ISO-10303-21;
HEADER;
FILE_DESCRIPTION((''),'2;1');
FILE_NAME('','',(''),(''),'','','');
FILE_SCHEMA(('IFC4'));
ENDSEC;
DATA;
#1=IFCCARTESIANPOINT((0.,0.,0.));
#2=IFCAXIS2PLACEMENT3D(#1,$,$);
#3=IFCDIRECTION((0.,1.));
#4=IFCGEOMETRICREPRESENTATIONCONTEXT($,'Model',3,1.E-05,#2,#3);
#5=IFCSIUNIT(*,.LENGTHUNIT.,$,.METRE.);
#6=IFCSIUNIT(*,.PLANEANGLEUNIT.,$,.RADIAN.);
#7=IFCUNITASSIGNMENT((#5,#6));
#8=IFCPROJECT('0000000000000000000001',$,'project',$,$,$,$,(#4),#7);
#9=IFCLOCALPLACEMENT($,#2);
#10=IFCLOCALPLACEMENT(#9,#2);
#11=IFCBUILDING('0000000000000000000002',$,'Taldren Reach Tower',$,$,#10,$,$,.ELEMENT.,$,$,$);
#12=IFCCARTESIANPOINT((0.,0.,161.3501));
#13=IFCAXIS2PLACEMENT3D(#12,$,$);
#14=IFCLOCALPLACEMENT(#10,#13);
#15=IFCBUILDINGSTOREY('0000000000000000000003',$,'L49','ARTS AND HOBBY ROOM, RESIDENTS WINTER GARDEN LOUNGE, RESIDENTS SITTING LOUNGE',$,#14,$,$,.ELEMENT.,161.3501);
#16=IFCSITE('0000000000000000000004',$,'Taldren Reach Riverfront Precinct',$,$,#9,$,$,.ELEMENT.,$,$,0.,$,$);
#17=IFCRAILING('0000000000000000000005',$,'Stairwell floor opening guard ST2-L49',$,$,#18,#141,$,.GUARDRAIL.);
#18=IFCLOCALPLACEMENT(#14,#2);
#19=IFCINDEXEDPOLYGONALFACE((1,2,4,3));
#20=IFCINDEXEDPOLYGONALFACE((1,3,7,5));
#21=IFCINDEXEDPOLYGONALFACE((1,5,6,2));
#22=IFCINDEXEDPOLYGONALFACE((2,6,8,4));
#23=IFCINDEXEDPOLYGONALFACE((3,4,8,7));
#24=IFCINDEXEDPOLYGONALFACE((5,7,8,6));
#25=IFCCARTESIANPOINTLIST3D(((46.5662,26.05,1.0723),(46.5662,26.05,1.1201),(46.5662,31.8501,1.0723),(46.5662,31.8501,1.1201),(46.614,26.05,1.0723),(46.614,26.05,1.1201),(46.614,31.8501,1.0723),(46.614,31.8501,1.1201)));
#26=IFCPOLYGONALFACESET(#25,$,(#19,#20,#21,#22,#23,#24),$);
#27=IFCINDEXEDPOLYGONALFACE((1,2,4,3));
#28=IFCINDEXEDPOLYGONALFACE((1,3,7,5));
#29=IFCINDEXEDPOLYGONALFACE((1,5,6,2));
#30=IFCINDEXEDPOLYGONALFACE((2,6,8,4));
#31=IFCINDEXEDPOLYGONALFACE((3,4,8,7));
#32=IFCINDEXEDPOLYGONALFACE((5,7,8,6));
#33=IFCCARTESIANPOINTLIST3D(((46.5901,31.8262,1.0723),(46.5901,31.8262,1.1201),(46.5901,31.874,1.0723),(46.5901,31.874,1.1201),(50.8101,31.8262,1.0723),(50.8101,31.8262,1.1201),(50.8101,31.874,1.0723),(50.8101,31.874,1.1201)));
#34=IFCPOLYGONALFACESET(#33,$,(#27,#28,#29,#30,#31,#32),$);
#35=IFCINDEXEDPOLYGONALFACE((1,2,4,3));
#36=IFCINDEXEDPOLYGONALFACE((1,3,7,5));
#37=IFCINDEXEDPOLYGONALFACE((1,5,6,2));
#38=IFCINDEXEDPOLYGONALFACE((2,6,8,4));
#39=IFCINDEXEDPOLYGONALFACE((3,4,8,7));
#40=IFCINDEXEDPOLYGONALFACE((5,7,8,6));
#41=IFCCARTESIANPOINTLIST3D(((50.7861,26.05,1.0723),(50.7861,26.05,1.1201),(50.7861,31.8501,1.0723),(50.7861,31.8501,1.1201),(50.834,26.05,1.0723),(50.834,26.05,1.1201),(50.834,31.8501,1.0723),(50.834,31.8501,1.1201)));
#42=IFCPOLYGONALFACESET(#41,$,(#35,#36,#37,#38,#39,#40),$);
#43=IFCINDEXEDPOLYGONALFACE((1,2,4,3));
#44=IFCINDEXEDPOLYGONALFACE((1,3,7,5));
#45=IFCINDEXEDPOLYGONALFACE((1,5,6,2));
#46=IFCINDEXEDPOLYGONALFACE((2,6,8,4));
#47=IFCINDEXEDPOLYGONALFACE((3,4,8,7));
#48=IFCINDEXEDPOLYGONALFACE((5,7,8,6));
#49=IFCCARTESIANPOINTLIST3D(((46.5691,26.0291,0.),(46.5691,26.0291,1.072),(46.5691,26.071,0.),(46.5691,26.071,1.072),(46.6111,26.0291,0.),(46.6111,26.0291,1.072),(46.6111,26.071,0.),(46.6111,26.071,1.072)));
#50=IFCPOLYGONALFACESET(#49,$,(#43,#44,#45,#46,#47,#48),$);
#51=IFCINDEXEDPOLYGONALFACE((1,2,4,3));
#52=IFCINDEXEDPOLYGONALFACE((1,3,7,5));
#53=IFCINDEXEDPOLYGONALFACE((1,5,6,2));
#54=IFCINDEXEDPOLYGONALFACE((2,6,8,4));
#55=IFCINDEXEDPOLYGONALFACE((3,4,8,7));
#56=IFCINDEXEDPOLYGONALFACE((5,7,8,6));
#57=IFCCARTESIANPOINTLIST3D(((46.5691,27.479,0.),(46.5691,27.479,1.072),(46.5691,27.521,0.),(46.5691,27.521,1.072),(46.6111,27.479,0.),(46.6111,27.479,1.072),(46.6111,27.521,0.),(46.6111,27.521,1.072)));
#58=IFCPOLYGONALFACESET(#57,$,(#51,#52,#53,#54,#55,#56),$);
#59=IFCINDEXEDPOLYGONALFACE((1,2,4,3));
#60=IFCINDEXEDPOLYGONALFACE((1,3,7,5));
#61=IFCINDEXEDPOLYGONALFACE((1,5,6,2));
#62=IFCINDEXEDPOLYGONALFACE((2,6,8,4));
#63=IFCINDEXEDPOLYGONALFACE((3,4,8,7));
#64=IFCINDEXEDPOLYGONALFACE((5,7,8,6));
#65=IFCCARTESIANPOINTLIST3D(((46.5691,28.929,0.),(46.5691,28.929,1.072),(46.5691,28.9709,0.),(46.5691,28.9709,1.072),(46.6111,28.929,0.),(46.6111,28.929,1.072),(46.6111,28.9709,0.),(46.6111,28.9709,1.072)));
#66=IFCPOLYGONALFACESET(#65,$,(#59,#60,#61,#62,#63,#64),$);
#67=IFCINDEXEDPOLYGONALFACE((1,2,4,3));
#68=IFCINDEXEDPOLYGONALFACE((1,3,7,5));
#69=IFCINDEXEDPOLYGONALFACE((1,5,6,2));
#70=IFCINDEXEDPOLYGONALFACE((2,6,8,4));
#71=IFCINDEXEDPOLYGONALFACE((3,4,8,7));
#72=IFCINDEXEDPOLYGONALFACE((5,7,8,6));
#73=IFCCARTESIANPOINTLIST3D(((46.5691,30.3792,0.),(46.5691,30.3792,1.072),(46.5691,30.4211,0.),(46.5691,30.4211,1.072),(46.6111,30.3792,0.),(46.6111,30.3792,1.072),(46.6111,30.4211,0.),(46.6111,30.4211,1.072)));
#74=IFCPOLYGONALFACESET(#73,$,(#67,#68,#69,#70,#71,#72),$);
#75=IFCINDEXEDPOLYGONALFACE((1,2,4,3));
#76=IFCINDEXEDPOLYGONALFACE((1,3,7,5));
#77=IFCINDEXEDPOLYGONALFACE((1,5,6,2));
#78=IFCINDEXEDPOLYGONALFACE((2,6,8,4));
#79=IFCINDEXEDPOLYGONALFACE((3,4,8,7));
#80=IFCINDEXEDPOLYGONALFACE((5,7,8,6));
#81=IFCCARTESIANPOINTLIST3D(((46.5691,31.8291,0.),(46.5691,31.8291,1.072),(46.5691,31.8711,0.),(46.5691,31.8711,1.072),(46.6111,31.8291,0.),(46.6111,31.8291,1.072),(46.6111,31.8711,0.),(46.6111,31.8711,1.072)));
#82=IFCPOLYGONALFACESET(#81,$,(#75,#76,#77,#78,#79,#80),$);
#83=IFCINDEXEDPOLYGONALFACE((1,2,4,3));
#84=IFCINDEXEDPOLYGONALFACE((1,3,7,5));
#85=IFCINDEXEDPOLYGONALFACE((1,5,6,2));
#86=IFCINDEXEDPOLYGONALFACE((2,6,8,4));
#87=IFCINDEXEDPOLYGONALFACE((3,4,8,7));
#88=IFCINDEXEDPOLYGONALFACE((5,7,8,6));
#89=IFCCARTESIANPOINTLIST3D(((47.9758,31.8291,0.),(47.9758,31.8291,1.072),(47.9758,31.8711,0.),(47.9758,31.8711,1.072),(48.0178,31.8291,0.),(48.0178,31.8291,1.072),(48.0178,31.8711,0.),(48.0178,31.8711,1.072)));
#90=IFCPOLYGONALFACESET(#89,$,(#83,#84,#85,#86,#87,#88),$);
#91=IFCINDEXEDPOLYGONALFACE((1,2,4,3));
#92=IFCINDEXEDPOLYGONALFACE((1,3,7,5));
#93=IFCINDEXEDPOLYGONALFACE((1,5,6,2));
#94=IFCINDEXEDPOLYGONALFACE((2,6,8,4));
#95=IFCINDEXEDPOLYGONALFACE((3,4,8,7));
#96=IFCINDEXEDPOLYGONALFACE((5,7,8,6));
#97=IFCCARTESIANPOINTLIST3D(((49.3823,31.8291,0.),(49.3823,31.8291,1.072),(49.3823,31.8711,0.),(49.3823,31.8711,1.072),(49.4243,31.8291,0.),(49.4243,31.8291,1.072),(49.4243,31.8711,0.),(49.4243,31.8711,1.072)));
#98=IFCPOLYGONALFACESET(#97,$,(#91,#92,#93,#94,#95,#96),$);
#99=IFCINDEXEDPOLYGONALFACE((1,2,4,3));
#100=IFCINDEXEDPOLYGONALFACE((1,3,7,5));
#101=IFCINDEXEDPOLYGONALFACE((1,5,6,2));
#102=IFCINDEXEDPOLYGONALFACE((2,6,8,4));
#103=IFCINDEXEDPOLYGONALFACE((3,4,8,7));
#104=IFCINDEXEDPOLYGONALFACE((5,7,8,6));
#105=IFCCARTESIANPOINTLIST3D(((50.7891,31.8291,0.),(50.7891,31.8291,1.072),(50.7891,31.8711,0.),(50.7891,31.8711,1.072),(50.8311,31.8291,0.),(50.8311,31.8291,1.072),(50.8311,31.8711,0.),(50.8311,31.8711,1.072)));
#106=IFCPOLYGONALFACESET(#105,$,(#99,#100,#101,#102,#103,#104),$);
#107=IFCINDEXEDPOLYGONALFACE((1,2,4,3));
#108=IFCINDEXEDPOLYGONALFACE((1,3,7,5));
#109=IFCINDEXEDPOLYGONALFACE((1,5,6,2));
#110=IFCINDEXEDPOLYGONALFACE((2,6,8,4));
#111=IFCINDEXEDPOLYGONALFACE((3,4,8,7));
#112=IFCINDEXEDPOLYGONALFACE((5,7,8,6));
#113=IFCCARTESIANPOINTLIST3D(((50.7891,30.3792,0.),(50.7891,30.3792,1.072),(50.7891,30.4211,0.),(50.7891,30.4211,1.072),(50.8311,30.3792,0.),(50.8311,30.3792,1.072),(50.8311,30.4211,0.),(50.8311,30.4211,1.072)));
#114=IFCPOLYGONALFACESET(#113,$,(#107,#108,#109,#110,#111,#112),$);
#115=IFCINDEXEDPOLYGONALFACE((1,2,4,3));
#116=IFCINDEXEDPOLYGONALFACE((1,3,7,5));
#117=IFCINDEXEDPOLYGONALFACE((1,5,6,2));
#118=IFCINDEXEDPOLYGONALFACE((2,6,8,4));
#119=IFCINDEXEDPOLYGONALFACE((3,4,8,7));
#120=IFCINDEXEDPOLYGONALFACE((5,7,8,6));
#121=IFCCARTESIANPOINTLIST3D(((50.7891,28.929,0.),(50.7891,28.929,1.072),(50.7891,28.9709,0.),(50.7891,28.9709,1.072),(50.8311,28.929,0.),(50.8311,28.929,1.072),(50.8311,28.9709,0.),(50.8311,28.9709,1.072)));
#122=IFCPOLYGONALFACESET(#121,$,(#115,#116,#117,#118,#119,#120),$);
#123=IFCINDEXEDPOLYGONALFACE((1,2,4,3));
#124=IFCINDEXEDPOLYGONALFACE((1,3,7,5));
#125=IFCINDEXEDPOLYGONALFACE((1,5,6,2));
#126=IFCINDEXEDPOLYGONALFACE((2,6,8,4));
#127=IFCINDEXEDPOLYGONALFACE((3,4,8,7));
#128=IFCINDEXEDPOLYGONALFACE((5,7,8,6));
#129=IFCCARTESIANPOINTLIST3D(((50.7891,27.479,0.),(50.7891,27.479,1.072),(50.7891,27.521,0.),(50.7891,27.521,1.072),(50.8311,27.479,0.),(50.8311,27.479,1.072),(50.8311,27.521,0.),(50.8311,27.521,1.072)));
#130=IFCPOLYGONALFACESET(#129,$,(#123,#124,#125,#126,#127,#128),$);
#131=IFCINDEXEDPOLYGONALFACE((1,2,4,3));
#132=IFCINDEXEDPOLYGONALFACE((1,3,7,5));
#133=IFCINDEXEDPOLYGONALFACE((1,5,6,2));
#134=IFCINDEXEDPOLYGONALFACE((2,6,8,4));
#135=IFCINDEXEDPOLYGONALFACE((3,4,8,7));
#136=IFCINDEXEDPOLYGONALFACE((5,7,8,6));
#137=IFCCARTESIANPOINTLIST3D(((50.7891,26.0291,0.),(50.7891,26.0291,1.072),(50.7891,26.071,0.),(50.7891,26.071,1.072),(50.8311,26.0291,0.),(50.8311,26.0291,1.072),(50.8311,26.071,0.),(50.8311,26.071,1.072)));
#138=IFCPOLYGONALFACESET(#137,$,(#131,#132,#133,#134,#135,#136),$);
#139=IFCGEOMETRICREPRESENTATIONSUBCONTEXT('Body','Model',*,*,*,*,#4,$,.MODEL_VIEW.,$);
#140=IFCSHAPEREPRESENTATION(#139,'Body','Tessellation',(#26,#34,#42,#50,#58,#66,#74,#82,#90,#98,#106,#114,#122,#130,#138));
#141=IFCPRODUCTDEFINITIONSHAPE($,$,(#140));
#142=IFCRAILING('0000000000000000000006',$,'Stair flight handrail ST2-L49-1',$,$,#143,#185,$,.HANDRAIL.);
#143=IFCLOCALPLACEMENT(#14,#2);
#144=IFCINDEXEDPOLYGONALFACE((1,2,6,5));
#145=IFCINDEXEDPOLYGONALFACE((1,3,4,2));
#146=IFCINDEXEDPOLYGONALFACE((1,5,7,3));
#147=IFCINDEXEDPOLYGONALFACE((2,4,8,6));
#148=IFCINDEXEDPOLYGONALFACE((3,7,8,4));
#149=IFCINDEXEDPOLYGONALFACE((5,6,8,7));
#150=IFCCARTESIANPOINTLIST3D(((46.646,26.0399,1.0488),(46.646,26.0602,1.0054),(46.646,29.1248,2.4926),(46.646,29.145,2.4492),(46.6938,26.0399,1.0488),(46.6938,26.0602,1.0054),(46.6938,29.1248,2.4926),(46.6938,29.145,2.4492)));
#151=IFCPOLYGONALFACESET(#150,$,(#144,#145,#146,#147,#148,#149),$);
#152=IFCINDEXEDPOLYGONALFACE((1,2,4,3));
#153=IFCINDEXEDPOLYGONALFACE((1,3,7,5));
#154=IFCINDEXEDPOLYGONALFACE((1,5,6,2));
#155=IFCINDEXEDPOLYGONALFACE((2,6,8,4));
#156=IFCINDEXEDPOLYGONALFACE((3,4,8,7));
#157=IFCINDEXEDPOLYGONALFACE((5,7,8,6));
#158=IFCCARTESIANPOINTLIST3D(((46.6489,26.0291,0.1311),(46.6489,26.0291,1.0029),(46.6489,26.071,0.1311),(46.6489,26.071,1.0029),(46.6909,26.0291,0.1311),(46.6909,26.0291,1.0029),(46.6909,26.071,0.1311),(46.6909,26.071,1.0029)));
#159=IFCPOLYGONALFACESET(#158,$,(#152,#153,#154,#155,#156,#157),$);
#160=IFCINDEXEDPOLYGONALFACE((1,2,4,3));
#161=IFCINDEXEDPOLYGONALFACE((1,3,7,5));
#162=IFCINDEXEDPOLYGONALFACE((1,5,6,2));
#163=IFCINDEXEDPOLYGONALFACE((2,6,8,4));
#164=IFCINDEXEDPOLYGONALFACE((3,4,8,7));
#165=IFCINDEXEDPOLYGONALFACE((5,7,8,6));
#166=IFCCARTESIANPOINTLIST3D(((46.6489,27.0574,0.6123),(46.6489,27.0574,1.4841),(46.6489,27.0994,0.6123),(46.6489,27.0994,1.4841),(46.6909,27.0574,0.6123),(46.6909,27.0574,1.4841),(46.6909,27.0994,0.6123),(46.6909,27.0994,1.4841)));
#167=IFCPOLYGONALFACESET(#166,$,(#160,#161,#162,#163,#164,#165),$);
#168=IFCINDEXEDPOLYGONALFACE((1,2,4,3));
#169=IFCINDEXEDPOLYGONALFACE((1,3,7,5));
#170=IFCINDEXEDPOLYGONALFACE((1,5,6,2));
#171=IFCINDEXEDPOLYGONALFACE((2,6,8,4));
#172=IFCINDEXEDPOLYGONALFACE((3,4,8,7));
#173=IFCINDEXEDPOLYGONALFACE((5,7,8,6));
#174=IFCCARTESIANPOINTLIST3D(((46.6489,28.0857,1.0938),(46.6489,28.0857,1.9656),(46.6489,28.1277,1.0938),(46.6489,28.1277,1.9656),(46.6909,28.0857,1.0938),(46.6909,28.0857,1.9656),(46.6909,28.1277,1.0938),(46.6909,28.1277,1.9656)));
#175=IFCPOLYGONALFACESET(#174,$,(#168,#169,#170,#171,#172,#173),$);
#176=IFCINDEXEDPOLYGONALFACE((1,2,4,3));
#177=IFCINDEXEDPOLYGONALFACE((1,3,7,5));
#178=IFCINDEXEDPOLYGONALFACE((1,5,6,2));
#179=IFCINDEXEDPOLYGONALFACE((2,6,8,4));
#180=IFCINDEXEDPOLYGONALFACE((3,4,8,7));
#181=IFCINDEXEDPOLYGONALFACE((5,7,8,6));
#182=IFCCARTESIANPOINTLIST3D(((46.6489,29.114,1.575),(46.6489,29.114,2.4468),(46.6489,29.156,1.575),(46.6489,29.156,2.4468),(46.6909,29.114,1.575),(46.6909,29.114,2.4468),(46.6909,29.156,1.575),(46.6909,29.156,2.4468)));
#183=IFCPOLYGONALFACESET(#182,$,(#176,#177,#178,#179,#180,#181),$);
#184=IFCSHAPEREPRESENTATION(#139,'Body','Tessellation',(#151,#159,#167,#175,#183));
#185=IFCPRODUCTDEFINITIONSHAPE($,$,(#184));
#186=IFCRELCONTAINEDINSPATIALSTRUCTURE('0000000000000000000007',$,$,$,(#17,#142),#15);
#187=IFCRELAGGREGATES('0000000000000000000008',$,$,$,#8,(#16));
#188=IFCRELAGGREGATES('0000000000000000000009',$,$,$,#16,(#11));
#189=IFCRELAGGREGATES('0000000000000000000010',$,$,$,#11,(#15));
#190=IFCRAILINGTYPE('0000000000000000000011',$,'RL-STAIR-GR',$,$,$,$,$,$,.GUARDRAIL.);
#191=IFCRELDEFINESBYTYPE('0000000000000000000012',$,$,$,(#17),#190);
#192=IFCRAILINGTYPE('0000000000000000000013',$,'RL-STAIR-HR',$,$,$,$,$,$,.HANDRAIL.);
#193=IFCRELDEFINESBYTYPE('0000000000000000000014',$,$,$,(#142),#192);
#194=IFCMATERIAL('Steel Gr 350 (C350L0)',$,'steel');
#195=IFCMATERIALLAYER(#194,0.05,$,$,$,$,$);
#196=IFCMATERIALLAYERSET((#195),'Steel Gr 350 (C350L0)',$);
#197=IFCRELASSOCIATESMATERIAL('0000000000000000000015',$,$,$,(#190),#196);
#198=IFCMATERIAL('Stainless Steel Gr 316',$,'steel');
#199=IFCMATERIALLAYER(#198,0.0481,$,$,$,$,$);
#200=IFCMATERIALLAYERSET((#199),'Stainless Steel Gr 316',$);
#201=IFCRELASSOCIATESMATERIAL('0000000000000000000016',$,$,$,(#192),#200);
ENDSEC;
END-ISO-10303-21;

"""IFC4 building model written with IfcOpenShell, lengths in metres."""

from ifc_helpers import new_model, si_unit, direction, frame, origin, origin_2d, place, context, subcontext, project, spatial, rectangle, extrude, material, layer, layer_set, type_object, element, save


model = new_model("IFC4")

# Units and contexts
model_context = context("Model", 3, precision=1e-05, world=origin(), true_north=direction((0.0, 1.0)))
body_context = subcontext(model_context, "Body", "Model", "MODEL_VIEW")
ifc_project = project(units=[si_unit("LENGTHUNIT", "METRE"), si_unit("PLANEANGLEUNIT", "RADIAN")], contexts=[model_context])

# Site, building, storey
site_placement = place(None, origin())
site = spatial("IfcSite", under=ifc_project, at=site_placement, Name="Taldren Reach Riverfront Precinct", CompositionType="ELEMENT", RefElevation=0.0)
building_placement = place(site_placement, origin())
building = spatial("IfcBuilding", under=site, at=building_placement, Name="Taldren Reach Tower", CompositionType="ELEMENT")
storey_placement = place(building_placement, frame((0.0, 0.0, 161.3501)))
storey = spatial("IfcBuildingStorey", under=building, at=storey_placement, Name="L49", Description="ARTS AND HOBBY ROOM, RESIDENTS WINTER GARDEN LOUNGE, RESIDENTS SITTING LOUNGE", CompositionType="ELEMENT", Elevation=161.3501)

# Shared definitions
ifc_material_1 = material(Name="Steel Gr 350 (C350L0)", Category="steel")

# Railings
ifc_layer_1 = layer(ifc_material_1, 0.05)
ifc_layer_set_1 = layer_set([ifc_layer_1], Name="Steel Gr 350 (C350L0)")
railing_type_1 = type_object("IfcRailingType", Name="RL-STAIR-GR", PredefinedType="GUARDRAIL", material=ifc_layer_set_1)
railing_1_placement = place(storey_placement, frame((46.5901, 26.05, 0.0)))
element("IfcRailing", 1, at=railing_1_placement, inside=storey, type_object=railing_type_1, Name="Stairwell floor opening guard ST2-L49", PredefinedType="GUARDRAIL", context=body_context, shape_type="SweptSolid", body=[
    extrude(rectangle(XDim=0.0479, YDim=0.0479, at=origin_2d()), frame((0.0, 0.0, 1.0962), z_axis=(0.0, 1.0, 0.0), x_axis=(-1.0, 0.0, 0.0)), (0.0, 0.0, 1.0), 5.8),
    extrude(rectangle(XDim=0.0479, YDim=0.0479, at=origin_2d()), frame((0.0, 5.8, 1.0962), z_axis=(1.0, 0.0, 0.0), x_axis=(0.0, 1.0, 0.0)), (0.0, 0.0, 1.0), 4.22),
    extrude(rectangle(XDim=0.0479, YDim=0.0479, at=origin_2d()), frame((4.22, 5.8, 1.0962), z_axis=(0.0, -1.0, 0.0), x_axis=(1.0, 0.0, 0.0)), (0.0, 0.0, 1.0), 5.8),
    extrude(rectangle(XDim=0.042, YDim=0.042, at=origin_2d()), origin(), (0.0, 0.0, 1.0), 1.072),
    extrude(rectangle(XDim=0.042, YDim=0.042, at=origin_2d()), frame((0.0, 1.45, 0.0)), (0.0, 0.0, 1.0), 1.072),
    extrude(rectangle(XDim=0.042, YDim=0.042, at=origin_2d()), frame((0.0, 2.8999, 0.0)), (0.0, 0.0, 1.0), 1.072),
    extrude(rectangle(XDim=0.042, YDim=0.042, at=origin_2d()), frame((0.0, 4.3501, 0.0)), (0.0, 0.0, 1.0), 1.072),
    extrude(rectangle(XDim=0.042, YDim=0.042, at=origin_2d()), frame((0.0, 5.8, 0.0)), (0.0, 0.0, 1.0), 1.072),
    extrude(rectangle(XDim=0.042, YDim=0.042, at=origin_2d()), frame((1.4067, 5.8, 0.0)), (0.0, 0.0, 1.0), 1.072),
    extrude(rectangle(XDim=0.042, YDim=0.042, at=origin_2d()), frame((2.8132, 5.8, 0.0)), (0.0, 0.0, 1.0), 1.072),
    extrude(rectangle(XDim=0.042, YDim=0.042, at=origin_2d()), frame((4.22, 5.8, 0.0)), (0.0, 0.0, 1.0), 1.072),
    extrude(rectangle(XDim=0.042, YDim=0.042, at=origin_2d()), frame((4.22, 4.3501, 0.0)), (0.0, 0.0, 1.0), 1.072),
    extrude(rectangle(XDim=0.042, YDim=0.042, at=origin_2d()), frame((4.22, 2.8999, 0.0)), (0.0, 0.0, 1.0), 1.072),
    extrude(rectangle(XDim=0.042, YDim=0.042, at=origin_2d()), frame((4.22, 1.45, 0.0)), (0.0, 0.0, 1.0), 1.072),
    extrude(rectangle(XDim=0.042, YDim=0.042, at=origin_2d()), frame((4.22, 0.0, 0.0)), (0.0, 0.0, 1.0), 1.072),
])
ifc_material_2 = material(Name="Stainless Steel Gr 316", Category="steel")
ifc_layer_2 = layer(ifc_material_2, 0.0481)
ifc_layer_set_2 = layer_set([ifc_layer_2], Name="Stainless Steel Gr 316")
railing_type_2 = type_object("IfcRailingType", Name="RL-STAIR-HR", PredefinedType="HANDRAIL", material=ifc_layer_set_2)
railing_2_placement = place(storey_placement, frame((46.6699, 26.05, 0.1311)))
element("IfcRailing", 2, at=railing_2_placement, inside=storey, type_object=railing_type_2, Name="Stair flight handrail ST2-L49-1", PredefinedType="HANDRAIL", context=body_context, shape_type="SweptSolid", body=[
    extrude(rectangle(XDim=0.0479, YDim=0.0479, at=origin_2d()), frame((0.0, 0.0, 0.896), z_axis=(0.0, 0.90571, 0.423898), x_axis=(-1.0, 0.0, 0.0)), (0.0, 0.0, 1.0), 3.406),
    extrude(rectangle(XDim=0.042, YDim=0.042, at=origin_2d()), origin(), (0.0, 0.0, 1.0), 0.8718),
    extrude(rectangle(XDim=0.042, YDim=0.042, at=origin_2d()), frame((0.0, 1.0283, 0.4812)), (0.0, 0.0, 1.0), 0.8718),
    extrude(rectangle(XDim=0.042, YDim=0.042, at=origin_2d()), frame((0.0, 2.0566, 0.9626)), (0.0, 0.0, 1.0), 0.8718),
    extrude(rectangle(XDim=0.042, YDim=0.042, at=origin_2d()), frame((0.0, 3.085, 1.4438)), (0.0, 0.0, 1.0), 0.8718),
])

save(model, "model.ifc")
